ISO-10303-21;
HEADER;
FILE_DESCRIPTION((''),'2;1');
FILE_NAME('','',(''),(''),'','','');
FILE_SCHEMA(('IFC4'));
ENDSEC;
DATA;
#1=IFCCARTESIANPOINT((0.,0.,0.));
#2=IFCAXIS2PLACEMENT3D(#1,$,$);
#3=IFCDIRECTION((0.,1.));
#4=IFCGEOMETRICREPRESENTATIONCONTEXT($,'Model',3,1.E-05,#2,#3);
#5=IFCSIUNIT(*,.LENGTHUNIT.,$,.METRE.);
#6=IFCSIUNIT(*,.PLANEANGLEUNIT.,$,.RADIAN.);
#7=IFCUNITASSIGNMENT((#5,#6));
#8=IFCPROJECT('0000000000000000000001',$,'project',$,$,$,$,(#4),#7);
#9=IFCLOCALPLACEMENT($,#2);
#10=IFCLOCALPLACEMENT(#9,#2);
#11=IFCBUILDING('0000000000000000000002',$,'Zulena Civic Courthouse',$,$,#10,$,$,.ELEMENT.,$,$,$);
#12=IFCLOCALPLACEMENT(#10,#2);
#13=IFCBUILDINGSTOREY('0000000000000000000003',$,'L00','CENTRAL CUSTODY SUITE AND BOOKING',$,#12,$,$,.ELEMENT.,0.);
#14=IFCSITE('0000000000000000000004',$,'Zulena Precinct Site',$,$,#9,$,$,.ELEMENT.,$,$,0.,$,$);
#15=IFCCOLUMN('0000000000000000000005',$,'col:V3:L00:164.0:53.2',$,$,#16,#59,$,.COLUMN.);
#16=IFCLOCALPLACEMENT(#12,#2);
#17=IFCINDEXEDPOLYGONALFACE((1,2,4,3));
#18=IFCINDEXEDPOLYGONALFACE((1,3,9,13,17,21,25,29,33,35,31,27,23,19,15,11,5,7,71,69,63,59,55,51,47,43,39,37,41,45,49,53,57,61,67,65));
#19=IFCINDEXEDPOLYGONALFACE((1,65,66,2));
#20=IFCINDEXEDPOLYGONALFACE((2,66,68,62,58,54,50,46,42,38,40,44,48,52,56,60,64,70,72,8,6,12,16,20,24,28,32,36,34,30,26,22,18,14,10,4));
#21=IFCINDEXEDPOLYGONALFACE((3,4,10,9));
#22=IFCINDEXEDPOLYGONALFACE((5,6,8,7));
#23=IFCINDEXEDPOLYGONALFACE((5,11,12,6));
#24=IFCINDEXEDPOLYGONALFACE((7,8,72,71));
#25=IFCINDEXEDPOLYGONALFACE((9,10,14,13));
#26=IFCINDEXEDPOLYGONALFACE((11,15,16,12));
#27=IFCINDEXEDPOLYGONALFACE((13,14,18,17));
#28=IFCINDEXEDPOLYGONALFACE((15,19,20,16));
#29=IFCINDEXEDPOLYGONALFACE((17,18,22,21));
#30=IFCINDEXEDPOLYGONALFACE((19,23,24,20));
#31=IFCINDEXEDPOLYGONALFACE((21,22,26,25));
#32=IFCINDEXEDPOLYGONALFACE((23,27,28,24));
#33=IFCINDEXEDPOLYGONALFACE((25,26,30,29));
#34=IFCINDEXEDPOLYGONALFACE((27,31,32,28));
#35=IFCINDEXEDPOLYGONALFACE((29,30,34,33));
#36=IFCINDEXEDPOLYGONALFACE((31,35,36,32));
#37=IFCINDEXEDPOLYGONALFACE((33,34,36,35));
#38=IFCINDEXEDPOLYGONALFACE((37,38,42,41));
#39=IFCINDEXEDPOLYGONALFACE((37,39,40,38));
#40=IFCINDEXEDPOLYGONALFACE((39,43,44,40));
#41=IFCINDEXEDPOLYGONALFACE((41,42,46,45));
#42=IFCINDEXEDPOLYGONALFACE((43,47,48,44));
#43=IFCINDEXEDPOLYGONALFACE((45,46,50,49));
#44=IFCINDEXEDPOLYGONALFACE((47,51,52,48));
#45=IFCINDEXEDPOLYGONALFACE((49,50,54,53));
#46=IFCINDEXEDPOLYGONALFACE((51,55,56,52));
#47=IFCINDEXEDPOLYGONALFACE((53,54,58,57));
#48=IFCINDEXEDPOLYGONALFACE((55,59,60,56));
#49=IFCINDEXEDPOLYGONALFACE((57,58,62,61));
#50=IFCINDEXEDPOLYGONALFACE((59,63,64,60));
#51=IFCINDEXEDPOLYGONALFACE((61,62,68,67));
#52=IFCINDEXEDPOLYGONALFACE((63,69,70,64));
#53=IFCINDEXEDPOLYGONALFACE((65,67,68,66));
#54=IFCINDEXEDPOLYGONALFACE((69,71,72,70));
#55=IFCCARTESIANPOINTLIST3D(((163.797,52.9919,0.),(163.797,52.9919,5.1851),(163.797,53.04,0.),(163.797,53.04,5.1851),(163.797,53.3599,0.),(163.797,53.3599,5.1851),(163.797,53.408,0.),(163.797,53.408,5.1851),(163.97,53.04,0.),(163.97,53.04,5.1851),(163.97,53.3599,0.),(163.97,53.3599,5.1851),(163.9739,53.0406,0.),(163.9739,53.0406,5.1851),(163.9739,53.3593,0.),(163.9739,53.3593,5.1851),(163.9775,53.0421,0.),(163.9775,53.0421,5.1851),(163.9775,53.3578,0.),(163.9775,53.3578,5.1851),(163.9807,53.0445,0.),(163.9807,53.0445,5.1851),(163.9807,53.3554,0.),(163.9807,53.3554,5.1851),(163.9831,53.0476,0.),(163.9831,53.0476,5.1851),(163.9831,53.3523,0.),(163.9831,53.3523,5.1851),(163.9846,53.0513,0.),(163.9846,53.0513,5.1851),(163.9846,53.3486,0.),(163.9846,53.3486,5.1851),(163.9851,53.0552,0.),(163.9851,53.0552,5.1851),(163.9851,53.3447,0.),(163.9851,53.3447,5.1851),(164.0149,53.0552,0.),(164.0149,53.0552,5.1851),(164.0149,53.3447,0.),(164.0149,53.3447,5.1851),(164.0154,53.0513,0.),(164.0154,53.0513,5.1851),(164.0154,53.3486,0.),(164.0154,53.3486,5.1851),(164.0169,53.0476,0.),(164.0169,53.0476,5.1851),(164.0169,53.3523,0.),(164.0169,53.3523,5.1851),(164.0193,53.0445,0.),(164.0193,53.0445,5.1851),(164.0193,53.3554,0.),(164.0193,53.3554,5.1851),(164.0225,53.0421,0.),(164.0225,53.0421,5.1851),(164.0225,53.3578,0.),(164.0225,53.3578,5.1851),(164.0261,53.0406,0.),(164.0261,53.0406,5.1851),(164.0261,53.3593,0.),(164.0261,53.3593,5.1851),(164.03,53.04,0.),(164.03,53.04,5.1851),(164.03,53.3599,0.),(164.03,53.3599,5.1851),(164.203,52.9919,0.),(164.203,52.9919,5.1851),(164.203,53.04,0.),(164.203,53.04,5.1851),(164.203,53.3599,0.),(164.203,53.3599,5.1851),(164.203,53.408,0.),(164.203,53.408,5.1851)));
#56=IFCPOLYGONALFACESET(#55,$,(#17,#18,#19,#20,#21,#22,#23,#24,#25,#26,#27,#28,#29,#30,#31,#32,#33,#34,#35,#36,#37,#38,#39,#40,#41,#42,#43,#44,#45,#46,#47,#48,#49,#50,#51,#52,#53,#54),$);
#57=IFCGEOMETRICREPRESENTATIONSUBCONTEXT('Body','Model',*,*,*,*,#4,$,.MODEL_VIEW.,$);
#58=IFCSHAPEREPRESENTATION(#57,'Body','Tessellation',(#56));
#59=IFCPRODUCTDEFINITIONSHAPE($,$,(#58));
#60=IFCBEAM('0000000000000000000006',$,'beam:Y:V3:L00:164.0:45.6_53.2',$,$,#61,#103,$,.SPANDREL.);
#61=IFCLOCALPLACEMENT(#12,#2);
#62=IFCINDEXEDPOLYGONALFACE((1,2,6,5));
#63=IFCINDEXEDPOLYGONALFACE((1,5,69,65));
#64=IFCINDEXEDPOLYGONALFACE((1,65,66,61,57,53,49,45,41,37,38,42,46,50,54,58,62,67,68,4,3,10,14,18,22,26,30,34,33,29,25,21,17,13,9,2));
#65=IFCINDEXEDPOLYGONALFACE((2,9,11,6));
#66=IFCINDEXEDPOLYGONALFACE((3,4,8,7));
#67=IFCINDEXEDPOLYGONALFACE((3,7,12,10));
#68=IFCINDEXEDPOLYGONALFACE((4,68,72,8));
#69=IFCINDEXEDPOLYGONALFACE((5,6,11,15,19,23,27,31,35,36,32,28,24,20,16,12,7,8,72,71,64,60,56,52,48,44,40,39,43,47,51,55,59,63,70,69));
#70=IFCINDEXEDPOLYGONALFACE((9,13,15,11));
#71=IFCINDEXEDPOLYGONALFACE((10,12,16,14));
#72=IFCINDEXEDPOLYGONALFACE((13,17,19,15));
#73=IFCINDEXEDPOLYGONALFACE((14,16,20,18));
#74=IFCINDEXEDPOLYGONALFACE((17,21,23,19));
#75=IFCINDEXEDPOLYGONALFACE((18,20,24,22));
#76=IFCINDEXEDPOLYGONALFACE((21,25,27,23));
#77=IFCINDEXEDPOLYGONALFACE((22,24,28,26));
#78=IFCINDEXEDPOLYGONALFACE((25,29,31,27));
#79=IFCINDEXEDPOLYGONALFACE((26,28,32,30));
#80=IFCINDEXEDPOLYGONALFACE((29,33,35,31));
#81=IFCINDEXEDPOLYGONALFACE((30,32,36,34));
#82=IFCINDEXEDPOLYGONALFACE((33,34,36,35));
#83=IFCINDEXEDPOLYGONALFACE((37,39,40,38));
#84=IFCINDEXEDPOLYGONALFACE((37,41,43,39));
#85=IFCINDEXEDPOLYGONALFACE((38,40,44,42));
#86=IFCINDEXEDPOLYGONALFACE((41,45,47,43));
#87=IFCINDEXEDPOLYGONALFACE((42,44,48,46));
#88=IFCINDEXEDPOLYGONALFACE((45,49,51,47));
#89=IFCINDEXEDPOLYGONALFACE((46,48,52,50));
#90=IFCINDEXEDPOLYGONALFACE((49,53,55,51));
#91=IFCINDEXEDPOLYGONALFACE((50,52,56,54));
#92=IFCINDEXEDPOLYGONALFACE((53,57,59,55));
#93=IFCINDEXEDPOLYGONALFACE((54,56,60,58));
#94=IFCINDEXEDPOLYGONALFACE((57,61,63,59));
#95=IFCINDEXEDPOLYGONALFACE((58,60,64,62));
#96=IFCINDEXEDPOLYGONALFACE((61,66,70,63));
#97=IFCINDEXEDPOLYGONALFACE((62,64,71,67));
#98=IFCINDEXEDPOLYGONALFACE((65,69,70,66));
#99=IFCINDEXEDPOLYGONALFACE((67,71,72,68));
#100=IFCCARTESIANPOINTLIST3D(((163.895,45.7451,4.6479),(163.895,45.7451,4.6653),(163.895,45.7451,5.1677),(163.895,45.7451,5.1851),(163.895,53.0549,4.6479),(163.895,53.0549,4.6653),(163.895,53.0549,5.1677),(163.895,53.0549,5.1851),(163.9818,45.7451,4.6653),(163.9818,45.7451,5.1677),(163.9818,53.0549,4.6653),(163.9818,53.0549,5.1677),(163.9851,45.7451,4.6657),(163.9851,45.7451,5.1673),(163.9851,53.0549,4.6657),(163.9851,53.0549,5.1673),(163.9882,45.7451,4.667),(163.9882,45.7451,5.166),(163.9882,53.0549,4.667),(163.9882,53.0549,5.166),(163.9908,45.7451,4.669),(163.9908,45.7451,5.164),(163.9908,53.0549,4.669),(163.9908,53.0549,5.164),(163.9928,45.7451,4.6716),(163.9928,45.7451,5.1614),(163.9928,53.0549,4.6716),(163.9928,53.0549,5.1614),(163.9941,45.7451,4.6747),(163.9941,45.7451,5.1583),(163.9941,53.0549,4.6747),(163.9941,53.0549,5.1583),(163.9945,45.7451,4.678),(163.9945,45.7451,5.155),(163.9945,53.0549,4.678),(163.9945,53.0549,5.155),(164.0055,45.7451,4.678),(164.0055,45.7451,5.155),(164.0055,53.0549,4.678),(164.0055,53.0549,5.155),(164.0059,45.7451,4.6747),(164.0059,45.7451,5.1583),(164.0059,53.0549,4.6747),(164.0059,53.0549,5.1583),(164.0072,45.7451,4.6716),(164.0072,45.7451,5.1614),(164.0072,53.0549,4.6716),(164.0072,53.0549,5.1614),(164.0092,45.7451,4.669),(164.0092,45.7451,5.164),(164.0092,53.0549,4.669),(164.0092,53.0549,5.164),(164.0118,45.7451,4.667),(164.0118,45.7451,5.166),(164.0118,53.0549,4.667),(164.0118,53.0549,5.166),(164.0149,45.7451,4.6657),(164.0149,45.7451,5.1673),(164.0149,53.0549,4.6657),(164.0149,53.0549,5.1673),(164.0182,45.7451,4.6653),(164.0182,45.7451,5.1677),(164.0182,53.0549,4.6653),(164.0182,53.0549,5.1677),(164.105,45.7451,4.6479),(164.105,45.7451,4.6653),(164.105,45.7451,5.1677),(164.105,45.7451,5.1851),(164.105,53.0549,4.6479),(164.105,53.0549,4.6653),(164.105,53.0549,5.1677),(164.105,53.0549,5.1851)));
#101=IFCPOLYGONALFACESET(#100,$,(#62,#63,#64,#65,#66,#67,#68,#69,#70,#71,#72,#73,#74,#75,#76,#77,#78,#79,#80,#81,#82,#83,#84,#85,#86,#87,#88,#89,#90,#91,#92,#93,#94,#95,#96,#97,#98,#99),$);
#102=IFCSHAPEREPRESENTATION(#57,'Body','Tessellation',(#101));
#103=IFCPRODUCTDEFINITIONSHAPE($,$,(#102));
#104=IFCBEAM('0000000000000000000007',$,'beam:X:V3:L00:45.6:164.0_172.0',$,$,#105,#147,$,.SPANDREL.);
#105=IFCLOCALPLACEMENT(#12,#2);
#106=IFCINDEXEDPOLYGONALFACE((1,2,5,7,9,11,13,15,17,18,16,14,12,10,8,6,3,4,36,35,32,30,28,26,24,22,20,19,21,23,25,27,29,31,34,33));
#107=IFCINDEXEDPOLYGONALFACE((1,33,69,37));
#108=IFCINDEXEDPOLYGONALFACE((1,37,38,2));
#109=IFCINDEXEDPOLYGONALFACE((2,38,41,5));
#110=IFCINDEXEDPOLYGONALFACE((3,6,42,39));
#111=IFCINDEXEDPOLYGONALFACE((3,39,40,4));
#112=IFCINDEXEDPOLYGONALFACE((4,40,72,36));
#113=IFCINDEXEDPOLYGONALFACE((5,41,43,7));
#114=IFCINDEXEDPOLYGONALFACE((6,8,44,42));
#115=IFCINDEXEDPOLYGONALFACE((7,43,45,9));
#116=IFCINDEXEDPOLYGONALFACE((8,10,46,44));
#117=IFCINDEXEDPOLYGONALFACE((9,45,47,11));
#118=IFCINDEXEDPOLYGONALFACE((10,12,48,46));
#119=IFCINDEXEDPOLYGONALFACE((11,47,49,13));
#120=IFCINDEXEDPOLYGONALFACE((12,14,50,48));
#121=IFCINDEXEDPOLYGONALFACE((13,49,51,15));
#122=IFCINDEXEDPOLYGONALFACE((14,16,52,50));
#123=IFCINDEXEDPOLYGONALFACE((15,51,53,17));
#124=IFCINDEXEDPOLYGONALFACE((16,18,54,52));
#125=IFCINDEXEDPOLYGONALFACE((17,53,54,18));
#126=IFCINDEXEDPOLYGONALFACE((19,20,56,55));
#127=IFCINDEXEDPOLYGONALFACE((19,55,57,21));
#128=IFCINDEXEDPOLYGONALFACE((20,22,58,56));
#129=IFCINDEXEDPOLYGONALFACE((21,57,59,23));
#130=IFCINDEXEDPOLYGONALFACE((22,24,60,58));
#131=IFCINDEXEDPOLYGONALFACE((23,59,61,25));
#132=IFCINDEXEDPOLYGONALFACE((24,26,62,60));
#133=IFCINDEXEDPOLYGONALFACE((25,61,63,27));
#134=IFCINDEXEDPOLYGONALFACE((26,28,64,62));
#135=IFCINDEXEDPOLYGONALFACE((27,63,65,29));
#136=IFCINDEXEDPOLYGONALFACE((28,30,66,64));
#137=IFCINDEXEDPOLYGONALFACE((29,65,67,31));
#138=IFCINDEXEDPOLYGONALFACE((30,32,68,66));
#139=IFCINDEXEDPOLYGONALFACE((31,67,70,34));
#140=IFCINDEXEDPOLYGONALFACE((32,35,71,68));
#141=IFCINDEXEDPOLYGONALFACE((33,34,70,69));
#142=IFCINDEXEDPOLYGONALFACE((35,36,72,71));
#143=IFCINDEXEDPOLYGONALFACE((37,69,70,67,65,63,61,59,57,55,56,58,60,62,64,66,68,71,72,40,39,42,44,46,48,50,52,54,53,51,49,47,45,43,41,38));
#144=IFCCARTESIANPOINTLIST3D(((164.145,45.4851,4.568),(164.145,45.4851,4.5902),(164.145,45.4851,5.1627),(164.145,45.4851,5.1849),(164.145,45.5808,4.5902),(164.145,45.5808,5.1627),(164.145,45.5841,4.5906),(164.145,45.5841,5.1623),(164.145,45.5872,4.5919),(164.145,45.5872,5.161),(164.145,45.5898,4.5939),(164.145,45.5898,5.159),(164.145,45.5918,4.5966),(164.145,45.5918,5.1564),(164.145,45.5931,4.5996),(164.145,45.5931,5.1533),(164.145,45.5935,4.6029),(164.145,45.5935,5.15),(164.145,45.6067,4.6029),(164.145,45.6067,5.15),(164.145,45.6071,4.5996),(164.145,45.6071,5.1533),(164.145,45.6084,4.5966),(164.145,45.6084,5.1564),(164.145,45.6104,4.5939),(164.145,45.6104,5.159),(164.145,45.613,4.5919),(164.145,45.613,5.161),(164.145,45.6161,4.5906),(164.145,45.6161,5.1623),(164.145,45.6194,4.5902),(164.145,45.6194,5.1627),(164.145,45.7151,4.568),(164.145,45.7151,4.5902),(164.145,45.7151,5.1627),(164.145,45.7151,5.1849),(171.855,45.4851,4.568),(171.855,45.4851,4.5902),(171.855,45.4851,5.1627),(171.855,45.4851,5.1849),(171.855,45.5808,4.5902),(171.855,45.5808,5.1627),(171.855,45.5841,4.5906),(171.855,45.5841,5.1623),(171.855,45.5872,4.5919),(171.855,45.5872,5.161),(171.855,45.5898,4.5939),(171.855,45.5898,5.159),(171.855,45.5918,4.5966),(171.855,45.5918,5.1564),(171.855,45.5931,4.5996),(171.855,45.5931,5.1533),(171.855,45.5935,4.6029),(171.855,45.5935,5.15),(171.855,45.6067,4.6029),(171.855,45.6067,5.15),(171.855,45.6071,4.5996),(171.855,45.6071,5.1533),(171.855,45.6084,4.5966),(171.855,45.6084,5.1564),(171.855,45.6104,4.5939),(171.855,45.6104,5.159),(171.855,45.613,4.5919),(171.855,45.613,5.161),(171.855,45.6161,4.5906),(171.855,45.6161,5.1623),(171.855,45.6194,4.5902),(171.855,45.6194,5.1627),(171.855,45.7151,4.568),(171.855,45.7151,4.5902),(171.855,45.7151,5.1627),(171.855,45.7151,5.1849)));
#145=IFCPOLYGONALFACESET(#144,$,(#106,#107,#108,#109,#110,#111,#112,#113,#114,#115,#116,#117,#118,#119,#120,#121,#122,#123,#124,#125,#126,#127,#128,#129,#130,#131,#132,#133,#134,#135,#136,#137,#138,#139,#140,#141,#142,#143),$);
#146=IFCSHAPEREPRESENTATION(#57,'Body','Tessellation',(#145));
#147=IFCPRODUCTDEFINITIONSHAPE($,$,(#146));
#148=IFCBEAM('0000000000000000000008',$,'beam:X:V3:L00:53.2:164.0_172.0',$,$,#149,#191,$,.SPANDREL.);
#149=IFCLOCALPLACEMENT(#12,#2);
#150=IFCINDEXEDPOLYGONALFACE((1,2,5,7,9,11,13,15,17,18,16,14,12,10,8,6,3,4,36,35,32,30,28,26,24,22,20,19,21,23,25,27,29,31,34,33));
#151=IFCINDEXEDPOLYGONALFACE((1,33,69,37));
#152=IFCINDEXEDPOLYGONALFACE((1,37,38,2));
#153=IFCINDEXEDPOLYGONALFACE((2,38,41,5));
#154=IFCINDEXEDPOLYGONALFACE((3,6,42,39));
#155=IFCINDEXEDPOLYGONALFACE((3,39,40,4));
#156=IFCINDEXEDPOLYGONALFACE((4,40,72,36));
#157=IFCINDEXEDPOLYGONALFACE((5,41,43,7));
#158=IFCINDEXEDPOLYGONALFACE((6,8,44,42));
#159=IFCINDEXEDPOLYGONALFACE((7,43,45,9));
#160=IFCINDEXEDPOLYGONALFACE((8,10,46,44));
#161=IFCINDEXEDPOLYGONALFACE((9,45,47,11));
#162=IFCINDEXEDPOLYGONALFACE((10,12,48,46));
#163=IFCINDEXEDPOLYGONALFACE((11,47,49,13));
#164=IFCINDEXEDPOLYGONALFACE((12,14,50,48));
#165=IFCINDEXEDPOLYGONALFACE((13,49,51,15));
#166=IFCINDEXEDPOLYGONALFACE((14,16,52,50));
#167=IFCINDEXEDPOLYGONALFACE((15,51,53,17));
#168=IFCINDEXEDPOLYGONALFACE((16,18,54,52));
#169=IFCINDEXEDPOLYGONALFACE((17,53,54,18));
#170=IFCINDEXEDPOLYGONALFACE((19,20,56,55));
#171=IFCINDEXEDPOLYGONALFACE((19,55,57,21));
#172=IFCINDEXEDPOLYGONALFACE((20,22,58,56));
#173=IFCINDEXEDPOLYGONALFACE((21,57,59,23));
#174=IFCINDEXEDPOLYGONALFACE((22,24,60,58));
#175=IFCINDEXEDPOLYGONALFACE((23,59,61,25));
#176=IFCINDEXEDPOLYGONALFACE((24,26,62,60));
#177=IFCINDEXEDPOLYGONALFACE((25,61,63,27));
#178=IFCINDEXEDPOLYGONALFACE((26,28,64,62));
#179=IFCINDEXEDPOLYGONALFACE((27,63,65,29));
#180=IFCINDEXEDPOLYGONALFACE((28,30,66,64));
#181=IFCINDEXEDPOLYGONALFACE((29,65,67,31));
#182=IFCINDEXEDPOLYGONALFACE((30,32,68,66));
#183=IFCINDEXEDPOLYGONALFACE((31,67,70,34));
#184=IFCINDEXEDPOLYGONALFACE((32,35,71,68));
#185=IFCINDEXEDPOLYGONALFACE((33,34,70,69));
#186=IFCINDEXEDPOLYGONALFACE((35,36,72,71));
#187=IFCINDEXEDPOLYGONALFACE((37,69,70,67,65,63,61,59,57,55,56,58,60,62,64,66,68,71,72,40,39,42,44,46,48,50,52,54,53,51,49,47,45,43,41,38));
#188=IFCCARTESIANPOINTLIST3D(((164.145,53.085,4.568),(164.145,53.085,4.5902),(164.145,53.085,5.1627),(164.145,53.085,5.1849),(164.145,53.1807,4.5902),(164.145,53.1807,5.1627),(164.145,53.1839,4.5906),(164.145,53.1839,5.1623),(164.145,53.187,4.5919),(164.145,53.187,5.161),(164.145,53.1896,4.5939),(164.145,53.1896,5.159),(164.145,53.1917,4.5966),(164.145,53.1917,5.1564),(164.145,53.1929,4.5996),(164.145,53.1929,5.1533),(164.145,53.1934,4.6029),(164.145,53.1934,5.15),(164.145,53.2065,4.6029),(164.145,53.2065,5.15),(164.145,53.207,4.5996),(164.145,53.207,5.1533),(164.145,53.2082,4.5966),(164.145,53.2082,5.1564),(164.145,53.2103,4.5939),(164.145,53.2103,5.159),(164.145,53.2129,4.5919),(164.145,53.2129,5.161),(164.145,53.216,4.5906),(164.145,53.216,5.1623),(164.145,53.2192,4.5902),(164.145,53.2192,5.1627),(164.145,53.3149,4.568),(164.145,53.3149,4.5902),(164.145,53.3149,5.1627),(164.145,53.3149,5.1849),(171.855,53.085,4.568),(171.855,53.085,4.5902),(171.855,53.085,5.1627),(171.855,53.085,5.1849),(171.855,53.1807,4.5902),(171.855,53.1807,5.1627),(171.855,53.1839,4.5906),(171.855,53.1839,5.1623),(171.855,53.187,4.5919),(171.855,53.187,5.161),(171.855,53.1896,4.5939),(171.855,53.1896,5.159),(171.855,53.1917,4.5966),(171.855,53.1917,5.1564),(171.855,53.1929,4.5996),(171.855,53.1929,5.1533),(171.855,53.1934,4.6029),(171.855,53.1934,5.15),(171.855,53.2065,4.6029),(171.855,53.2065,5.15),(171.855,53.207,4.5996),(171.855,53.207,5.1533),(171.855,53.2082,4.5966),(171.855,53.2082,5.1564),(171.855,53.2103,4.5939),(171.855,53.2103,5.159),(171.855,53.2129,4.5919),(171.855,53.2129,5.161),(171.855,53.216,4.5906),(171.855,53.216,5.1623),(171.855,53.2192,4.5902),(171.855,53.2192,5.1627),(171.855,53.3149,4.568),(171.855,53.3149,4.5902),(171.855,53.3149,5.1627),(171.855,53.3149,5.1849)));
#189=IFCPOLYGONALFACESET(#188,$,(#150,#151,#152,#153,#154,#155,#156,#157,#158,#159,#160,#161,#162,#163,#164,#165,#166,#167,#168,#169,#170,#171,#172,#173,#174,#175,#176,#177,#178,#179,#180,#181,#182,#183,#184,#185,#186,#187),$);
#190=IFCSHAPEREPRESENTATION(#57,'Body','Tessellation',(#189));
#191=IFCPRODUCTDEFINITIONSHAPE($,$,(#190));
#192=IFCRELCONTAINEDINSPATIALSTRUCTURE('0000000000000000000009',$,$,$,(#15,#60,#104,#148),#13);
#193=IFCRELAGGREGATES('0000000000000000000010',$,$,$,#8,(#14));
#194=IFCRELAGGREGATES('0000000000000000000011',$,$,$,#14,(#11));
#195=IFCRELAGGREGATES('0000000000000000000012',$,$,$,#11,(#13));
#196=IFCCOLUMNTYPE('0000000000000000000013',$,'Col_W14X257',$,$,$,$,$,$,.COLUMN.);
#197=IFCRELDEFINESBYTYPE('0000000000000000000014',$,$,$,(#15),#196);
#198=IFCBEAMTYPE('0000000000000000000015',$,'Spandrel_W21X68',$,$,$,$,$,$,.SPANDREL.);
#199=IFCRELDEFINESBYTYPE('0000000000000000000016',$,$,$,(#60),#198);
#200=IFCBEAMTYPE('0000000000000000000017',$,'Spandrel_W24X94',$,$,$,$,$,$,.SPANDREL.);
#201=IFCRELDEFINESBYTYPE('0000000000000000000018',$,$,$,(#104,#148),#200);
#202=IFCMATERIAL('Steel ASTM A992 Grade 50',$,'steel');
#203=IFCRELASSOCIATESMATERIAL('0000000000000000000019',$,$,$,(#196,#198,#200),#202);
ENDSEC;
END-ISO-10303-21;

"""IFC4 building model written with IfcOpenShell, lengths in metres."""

from ifc_helpers import new_model, si_unit, direction, frame, origin, origin_2d, place, context, subcontext, project, spatial, i_section, extrude, material, material_profile, profile_set, type_object, element, save


model = new_model("IFC4")

# Units and contexts
model_context = context("Model", 3, precision=1e-05, world=origin(), true_north=direction((0.0, 1.0)))
body_context = subcontext(model_context, "Body", "Model", "MODEL_VIEW")
ifc_project = project(units=[si_unit("LENGTHUNIT", "METRE"), si_unit("PLANEANGLEUNIT", "RADIAN")], contexts=[model_context])

# Site, building, storey
site_placement = place(None, origin())
site = spatial("IfcSite", under=ifc_project, at=site_placement, Name="Zulena Precinct Site", CompositionType="ELEMENT", RefElevation=0.0)
building_placement = place(site_placement, origin())
building = spatial("IfcBuilding", under=site, at=building_placement, Name="Zulena Civic Courthouse", CompositionType="ELEMENT")
storey_placement = place(building_placement, origin())
storey = spatial("IfcBuildingStorey", under=building, at=storey_placement, Name="L00", Description="CENTRAL CUSTODY SUITE AND BOOKING", CompositionType="ELEMENT", Elevation=0.0)

# Column
ifc_material_1 = material(Name="Steel ASTM A992 Grade 50", Category="steel")
ifc_material_profile_1 = material_profile(ifc_material_1, i_section(OverallWidth=0.406, OverallDepth=0.416, WebThickness=0.0298, FlangeThickness=0.0481, FilletRadius=0.0151, at=origin_2d()), Name="W14X257")
ifc_profile_set_1 = profile_set([ifc_material_profile_1], Name="Steel ASTM A992 Grade 50")
column_type_1 = type_object("IfcColumnType", Name="Col_W14X257", PredefinedType="COLUMN", material=ifc_profile_set_1)
column_1_placement = place(storey_placement, frame((164.0, 53.2, 0.0), z_axis=(0.0, 0.0, 1.0), x_axis=(1.0, 0.0, 0.0)))
element("IfcColumn", 1, at=column_1_placement, inside=storey, type_object=column_type_1, Name="col:V3:L00:164.0:53.2", PredefinedType="COLUMN", context=body_context, shape_type="SweptSolid", body=[
    extrude(i_section(OverallWidth=0.406, OverallDepth=0.416, WebThickness=0.0298, FlangeThickness=0.0481, FilletRadius=0.0151, at=origin_2d()), origin(), (0.0, 0.0, 1.0), 5.1851),
])

# Beams
ifc_material_profile_2 = material_profile(ifc_material_1, i_section(OverallWidth=0.21, OverallDepth=0.5371, WebThickness=0.011, FlangeThickness=0.0173, FilletRadius=0.0127, at=origin_2d()), Name="W21X68")
ifc_profile_set_2 = profile_set([ifc_material_profile_2], Name="Steel ASTM A992 Grade 50")
beam_type_1 = type_object("IfcBeamType", Name="Spandrel_W21X68", PredefinedType="SPANDREL", material=ifc_profile_set_2)
beam_placement = place(storey_placement, frame((164.0, 45.7451, 4.9165), z_axis=(0.0, 1.0, 0.0), x_axis=(-1.0, 0.0, 0.0)))
element("IfcBeam", 2, at=beam_placement, inside=storey, type_object=beam_type_1, Name="beam:Y:V3:L00:164.0:45.6_53.2", PredefinedType="SPANDREL", context=body_context, shape_type="SweptSolid", body=[
    extrude(i_section(OverallWidth=0.21, OverallDepth=0.5371, WebThickness=0.011, FlangeThickness=0.0173, FilletRadius=0.0127, at=origin_2d()), origin(), (0.0, 0.0, 1.0), 7.3098),
])
ifc_material_profile_3 = material_profile(ifc_material_1, i_section(OverallWidth=0.23, OverallDepth=0.6169, WebThickness=0.0132, FlangeThickness=0.0222, FilletRadius=0.0127, at=origin_2d()), Name="W24X94")
ifc_profile_set_3 = profile_set([ifc_material_profile_3], Name="Steel ASTM A992 Grade 50")
beam_type_2 = type_object("IfcBeamType", Name="Spandrel_W24X94", PredefinedType="SPANDREL", material=ifc_profile_set_3)
for number, where, z_axis, x_axis, name in (
    (3, (164.145, 45.6001, 4.8765), (1.0, 0.0, 0.0), (0.0, 1.0, 0.0), "beam:X:V3:L00:45.6:164.0_172.0"),
    (4, (164.145, 53.2, 4.8765), (1.0, 0.0, 0.0), (0.0, 1.0, 0.0), "beam:X:V3:L00:53.2:164.0_172.0"),
):
    element("IfcBeam", number, at=place(storey_placement, frame(where, z_axis=z_axis, x_axis=x_axis)), inside=storey, type_object=beam_type_2, Name=name, PredefinedType="SPANDREL", context=body_context, shape_type="SweptSolid", body=[
        extrude(i_section(OverallWidth=0.23, OverallDepth=0.6169, WebThickness=0.0132, FlangeThickness=0.0222, FilletRadius=0.0127, at=origin_2d()), origin(), (0.0, 0.0, 1.0), 7.71),
    ])

save(model, "model.ifc")
